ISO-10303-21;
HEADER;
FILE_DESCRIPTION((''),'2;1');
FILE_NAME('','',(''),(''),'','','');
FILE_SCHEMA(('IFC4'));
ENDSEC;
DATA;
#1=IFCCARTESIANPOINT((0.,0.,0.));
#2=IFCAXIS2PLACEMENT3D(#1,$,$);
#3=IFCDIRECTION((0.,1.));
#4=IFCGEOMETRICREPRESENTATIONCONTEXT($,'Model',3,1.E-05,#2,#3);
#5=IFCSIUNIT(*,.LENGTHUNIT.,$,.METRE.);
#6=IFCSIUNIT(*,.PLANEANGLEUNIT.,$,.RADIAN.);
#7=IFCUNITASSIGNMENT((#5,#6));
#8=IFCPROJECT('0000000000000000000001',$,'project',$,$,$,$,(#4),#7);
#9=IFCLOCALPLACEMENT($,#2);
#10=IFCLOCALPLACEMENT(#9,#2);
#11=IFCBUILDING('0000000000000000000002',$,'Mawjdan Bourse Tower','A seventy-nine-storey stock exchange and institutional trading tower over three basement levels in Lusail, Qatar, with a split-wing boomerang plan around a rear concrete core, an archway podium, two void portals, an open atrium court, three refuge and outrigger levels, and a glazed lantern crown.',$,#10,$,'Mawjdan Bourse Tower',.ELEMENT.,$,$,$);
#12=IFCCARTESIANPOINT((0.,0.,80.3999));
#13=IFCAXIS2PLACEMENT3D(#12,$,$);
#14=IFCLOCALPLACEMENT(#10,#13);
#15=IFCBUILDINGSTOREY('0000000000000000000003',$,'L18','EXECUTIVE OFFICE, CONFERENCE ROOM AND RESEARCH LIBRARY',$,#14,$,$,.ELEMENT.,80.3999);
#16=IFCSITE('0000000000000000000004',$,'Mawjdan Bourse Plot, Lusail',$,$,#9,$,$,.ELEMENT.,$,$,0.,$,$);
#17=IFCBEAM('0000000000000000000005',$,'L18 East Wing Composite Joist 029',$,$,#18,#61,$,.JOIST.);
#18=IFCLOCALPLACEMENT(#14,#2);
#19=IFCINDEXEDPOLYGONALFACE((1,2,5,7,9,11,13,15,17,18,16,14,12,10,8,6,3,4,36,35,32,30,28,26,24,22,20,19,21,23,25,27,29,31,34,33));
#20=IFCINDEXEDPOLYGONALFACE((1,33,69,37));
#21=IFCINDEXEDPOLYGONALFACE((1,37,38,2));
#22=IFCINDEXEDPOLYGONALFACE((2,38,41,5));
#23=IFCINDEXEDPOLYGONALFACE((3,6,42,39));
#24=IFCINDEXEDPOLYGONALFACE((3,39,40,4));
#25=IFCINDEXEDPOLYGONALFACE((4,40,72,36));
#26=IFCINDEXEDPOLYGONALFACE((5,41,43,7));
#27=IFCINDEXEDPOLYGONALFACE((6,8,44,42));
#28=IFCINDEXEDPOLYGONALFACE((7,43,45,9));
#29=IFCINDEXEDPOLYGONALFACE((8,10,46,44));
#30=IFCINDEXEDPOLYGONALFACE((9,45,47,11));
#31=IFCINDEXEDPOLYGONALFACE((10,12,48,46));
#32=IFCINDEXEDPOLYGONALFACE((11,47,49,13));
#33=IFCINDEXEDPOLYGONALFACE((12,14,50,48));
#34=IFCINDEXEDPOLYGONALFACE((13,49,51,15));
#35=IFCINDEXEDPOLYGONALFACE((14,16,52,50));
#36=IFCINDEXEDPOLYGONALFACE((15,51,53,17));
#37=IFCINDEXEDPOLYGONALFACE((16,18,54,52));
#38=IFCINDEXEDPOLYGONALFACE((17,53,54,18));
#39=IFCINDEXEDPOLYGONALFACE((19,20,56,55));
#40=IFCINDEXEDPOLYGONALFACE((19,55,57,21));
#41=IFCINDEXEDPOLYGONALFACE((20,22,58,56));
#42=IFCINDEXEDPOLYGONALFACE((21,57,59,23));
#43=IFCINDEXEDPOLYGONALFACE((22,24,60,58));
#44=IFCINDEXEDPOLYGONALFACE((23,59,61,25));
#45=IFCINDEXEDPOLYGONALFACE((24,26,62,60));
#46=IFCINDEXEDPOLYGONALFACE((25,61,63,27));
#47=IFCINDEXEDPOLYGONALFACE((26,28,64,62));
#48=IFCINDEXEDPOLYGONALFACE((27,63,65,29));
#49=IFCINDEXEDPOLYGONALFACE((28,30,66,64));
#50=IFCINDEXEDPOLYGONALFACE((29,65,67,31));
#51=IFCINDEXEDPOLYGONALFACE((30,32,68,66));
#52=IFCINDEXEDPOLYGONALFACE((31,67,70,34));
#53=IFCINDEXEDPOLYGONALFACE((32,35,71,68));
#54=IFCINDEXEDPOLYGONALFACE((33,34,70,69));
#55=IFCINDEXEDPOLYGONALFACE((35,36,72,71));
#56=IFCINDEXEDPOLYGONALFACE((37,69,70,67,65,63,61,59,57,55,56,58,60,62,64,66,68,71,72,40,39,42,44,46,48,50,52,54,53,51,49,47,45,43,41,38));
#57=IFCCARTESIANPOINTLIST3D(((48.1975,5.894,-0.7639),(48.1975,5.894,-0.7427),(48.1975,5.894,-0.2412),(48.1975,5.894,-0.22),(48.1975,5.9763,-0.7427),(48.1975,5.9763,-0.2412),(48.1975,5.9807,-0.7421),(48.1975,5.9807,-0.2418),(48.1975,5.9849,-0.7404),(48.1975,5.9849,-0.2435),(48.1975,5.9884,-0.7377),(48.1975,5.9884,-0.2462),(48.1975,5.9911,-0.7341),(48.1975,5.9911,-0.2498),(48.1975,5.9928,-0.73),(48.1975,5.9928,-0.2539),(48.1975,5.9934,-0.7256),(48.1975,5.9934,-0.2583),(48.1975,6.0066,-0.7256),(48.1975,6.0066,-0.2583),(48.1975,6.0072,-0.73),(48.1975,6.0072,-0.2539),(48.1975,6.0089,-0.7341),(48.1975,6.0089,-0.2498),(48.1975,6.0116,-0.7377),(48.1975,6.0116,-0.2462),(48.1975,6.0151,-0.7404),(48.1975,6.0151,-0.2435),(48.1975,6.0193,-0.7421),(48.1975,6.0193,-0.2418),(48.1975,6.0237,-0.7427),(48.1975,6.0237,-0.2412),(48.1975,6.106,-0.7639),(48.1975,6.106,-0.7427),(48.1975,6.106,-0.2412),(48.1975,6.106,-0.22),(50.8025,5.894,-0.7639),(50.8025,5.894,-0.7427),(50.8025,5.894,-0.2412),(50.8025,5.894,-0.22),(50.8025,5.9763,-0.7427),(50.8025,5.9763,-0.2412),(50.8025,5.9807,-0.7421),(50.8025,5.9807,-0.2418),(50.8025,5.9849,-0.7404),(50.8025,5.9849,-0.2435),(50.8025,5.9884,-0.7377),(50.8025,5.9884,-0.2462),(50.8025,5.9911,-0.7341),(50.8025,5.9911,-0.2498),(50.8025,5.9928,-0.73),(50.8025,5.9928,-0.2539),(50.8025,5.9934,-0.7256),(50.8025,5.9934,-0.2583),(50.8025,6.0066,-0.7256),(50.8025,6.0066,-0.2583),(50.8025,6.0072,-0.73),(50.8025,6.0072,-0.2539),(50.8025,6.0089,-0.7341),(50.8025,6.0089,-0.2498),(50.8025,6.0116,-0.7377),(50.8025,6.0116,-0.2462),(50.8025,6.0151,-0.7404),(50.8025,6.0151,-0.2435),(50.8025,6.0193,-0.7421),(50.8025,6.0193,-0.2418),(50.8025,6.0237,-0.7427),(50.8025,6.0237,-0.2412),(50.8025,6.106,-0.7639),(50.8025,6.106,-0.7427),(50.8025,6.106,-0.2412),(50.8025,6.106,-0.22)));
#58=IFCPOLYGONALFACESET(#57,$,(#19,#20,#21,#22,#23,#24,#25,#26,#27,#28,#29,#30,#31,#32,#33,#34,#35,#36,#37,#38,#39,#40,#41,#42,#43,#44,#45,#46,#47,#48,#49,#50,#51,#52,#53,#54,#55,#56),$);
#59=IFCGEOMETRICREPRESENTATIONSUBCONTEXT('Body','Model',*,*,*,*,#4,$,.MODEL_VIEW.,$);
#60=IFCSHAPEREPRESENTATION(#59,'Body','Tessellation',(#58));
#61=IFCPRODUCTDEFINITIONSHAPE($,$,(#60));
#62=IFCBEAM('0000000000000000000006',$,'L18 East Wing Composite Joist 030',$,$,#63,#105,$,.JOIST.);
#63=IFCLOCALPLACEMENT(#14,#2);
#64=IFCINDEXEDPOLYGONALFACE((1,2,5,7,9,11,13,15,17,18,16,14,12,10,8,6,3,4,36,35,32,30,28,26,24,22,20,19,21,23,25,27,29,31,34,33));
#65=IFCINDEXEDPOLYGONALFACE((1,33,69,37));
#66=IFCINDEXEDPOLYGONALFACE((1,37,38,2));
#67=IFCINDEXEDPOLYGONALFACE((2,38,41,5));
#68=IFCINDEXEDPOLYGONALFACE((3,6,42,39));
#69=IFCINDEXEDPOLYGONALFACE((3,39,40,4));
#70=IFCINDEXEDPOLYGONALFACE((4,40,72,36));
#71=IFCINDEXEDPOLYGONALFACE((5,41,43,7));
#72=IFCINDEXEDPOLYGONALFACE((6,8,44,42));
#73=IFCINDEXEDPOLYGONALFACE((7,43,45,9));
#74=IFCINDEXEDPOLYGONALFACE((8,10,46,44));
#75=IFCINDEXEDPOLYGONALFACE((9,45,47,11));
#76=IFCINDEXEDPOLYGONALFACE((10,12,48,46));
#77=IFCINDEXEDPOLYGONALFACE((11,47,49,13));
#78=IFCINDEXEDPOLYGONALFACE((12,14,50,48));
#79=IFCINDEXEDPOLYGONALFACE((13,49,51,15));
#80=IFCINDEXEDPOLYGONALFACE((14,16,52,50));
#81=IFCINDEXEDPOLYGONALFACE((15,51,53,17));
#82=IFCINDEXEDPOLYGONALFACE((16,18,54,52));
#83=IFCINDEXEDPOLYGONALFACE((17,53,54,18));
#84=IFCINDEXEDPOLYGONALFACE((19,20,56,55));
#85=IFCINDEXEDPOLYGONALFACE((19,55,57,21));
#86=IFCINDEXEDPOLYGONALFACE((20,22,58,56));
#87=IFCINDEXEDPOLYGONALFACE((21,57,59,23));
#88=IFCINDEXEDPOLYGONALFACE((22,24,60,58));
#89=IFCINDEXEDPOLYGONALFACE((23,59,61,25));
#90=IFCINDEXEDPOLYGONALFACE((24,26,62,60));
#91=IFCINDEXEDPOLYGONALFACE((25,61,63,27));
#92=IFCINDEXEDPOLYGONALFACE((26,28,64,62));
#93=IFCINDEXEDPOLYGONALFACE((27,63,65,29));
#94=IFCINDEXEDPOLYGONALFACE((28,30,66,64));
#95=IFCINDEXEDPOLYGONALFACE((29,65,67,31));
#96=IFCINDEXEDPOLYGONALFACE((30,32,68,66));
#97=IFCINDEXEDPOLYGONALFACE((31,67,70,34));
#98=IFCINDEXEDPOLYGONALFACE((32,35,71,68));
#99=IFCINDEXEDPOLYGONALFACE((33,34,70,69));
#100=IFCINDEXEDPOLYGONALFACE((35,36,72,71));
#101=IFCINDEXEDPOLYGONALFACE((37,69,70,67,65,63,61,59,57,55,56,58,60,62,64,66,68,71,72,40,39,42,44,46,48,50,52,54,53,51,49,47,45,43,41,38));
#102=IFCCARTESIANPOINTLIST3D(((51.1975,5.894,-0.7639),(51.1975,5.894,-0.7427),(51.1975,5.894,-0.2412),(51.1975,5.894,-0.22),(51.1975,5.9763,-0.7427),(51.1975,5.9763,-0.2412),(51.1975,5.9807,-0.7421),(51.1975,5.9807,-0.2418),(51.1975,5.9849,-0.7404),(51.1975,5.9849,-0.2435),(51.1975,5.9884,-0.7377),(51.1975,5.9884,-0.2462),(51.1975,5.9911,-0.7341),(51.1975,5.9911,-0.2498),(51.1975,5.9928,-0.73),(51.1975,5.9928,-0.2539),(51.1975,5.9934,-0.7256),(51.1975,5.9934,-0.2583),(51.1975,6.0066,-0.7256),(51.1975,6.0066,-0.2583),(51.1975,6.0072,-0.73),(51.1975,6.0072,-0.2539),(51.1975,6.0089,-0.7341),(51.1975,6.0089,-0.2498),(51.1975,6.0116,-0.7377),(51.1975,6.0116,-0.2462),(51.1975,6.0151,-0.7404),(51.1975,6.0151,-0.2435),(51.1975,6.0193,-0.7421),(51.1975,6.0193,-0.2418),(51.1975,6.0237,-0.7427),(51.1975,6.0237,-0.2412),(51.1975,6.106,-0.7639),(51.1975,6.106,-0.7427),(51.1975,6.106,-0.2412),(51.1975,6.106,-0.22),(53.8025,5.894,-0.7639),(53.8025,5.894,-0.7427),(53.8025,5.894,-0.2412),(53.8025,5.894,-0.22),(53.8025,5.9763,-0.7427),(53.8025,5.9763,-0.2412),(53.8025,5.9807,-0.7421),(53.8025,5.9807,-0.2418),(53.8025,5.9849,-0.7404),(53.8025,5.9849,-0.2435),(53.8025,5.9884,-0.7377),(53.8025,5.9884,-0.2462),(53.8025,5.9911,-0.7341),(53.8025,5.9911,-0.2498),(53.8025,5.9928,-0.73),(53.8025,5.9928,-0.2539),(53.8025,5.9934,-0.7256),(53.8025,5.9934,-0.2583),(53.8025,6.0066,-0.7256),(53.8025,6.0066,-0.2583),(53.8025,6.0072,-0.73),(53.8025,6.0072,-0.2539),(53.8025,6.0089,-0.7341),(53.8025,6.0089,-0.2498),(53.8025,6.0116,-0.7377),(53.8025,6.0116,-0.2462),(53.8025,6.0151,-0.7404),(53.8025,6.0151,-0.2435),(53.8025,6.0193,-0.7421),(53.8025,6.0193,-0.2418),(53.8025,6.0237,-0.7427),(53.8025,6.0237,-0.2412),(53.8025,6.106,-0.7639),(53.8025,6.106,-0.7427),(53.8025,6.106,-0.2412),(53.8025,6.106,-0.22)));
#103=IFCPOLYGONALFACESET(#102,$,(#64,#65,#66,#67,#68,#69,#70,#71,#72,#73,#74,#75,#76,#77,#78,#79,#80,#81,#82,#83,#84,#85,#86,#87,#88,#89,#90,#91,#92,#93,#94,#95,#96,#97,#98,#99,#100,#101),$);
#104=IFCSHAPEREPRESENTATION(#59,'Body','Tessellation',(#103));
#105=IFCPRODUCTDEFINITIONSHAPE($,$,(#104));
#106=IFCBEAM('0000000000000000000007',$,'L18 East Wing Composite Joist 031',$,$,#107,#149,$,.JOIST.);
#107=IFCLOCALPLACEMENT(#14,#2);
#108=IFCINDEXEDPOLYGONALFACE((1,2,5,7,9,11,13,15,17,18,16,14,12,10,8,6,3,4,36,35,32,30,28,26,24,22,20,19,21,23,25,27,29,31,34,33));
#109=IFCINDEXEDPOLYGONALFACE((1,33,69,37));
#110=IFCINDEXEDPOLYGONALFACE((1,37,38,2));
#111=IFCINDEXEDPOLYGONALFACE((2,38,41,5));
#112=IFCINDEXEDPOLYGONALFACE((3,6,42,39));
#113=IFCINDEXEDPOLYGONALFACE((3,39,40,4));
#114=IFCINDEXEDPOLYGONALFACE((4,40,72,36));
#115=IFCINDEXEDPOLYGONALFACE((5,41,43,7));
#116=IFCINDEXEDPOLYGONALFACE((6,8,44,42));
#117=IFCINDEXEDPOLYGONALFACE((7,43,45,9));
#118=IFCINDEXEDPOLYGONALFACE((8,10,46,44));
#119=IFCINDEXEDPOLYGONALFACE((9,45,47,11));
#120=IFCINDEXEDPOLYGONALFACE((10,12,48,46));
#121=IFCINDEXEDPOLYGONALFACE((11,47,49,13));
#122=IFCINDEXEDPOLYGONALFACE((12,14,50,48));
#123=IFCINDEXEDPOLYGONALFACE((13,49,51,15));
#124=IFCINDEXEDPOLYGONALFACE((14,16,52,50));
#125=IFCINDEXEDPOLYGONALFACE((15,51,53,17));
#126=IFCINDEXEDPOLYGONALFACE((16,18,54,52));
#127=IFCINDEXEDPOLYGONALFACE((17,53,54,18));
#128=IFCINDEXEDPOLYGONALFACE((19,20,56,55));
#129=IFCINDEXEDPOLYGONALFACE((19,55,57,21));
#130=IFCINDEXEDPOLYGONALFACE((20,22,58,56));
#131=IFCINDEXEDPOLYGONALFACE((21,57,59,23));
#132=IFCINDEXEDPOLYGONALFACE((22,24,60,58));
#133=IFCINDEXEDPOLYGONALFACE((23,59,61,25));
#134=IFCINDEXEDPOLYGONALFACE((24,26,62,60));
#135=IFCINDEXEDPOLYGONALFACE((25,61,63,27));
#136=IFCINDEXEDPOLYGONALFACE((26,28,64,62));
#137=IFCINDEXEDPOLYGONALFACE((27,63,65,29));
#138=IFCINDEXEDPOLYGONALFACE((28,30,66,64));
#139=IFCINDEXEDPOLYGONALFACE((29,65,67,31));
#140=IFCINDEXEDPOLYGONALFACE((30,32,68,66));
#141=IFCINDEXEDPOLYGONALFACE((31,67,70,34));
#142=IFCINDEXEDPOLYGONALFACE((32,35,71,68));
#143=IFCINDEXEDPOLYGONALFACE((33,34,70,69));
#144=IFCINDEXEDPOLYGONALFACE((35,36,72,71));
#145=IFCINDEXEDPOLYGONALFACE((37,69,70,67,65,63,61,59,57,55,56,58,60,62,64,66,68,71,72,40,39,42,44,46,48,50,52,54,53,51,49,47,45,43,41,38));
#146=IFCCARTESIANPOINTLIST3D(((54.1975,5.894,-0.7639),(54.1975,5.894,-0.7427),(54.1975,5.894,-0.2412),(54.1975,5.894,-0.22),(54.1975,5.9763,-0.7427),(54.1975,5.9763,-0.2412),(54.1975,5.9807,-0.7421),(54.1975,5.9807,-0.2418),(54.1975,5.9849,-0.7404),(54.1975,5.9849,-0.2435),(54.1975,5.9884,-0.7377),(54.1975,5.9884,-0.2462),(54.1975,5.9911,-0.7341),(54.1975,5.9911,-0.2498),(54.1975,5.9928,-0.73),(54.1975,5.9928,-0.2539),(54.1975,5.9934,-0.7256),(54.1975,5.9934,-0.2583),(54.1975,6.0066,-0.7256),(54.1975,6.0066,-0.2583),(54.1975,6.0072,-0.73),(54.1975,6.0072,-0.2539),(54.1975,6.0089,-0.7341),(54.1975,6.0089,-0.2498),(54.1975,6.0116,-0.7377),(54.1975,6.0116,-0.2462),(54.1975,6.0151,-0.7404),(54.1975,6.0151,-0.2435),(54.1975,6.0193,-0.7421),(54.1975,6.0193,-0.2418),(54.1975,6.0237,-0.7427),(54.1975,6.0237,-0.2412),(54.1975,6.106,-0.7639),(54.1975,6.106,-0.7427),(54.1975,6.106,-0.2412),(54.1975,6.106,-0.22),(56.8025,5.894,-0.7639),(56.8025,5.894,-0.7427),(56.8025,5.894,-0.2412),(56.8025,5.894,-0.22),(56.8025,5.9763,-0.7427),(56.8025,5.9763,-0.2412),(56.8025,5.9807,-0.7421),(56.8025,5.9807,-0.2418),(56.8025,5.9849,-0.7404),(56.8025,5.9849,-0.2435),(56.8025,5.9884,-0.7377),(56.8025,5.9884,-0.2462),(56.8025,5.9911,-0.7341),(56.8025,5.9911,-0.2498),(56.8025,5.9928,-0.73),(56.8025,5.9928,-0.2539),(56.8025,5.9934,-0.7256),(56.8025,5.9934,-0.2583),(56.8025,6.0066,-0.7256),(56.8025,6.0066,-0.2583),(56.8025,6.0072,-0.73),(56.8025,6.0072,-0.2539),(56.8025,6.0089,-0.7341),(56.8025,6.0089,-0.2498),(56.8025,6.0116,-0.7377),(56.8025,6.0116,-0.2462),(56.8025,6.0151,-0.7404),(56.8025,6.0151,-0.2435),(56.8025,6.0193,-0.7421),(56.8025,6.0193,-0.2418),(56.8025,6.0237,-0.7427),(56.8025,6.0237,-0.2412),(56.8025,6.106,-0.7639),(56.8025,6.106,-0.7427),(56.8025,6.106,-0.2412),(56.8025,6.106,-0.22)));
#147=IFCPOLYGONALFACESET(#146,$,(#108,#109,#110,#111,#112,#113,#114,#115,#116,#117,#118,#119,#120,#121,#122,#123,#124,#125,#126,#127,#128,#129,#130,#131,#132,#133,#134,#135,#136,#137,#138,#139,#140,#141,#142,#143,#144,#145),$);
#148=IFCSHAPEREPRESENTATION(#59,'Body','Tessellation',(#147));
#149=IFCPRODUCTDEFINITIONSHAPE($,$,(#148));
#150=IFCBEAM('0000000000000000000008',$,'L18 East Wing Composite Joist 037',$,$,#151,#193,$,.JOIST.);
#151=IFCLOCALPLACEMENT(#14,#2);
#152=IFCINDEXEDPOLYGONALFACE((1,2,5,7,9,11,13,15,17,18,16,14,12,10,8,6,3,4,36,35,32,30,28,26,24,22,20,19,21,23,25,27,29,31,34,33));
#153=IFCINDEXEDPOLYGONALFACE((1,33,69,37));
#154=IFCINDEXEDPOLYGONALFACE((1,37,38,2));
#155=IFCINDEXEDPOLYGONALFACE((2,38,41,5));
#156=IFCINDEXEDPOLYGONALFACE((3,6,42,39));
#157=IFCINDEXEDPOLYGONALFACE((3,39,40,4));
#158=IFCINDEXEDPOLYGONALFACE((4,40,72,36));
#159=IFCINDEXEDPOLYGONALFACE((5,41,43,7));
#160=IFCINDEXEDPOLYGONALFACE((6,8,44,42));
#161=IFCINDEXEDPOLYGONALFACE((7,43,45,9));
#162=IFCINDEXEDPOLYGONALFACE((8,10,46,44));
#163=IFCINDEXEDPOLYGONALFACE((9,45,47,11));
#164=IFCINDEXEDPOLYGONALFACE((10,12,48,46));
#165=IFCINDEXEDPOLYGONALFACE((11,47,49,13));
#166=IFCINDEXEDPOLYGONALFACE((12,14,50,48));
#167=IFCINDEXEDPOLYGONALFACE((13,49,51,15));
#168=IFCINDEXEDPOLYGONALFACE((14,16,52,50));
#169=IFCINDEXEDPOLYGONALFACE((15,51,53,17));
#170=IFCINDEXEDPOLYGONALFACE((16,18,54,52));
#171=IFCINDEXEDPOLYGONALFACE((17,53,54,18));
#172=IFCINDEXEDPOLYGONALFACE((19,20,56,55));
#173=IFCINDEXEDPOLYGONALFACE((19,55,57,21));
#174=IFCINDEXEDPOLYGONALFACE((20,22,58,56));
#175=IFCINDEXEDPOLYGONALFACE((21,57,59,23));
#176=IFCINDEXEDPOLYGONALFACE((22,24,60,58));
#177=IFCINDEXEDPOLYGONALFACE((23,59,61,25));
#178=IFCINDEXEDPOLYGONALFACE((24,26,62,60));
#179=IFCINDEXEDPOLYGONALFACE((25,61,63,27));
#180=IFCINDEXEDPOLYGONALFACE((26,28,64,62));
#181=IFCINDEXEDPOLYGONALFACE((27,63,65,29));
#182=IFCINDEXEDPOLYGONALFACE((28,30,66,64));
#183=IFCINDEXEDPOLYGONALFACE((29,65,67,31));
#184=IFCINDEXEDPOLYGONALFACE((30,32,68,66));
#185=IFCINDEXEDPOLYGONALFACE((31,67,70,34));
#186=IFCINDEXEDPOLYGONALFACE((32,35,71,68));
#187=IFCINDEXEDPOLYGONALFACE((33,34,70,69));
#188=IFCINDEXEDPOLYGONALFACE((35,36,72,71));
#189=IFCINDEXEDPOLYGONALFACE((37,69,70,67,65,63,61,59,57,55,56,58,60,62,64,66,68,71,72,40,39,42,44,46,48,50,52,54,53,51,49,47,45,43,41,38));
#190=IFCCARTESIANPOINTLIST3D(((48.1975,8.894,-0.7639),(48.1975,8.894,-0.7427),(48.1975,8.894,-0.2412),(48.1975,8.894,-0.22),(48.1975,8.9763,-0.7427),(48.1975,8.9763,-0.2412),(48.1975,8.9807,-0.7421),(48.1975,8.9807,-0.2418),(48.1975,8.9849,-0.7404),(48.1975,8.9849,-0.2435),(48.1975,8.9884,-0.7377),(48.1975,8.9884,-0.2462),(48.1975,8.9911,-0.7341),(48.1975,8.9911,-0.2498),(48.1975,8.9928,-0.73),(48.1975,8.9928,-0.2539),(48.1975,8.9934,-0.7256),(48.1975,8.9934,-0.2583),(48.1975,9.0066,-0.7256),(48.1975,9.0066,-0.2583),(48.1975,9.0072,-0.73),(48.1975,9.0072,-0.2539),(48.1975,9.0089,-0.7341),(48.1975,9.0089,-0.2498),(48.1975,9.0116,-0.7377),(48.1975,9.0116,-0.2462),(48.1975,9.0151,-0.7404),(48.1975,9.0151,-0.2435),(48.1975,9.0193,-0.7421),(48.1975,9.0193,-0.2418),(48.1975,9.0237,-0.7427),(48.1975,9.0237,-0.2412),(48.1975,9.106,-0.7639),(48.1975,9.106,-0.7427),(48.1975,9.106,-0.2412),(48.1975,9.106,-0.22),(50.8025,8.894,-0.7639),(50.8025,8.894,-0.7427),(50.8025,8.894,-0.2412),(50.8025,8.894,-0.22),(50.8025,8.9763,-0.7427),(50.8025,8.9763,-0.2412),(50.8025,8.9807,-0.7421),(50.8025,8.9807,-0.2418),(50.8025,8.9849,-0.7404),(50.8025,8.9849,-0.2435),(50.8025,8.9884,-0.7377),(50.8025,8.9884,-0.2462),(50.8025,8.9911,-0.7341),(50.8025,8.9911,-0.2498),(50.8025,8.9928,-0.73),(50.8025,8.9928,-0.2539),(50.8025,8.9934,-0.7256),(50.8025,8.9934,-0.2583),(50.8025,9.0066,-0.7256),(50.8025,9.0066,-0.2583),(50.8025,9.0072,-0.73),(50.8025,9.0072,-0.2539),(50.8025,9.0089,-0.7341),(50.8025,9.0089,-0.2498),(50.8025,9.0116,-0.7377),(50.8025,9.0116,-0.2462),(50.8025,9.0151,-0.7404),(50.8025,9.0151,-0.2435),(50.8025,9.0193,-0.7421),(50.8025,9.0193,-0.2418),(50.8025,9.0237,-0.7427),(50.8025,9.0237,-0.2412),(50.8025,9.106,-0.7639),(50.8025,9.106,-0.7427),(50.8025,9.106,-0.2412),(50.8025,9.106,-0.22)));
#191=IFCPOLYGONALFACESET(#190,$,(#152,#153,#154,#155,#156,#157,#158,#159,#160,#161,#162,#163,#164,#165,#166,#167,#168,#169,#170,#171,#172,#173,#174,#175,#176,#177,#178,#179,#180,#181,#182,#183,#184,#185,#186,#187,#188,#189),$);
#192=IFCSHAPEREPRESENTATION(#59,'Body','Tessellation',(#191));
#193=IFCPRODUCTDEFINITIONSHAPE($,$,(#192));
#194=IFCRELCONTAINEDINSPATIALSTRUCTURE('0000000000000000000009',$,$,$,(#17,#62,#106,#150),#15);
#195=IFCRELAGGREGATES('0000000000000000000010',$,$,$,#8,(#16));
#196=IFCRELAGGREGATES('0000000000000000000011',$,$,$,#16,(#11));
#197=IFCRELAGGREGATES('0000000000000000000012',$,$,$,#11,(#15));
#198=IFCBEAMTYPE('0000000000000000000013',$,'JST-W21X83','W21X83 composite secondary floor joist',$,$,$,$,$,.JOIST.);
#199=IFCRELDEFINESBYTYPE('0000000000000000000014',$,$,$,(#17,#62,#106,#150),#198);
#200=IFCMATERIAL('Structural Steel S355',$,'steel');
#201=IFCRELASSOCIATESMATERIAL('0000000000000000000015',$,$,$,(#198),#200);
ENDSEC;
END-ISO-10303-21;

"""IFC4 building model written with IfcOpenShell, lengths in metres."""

from ifc_helpers import new_model, si_unit, direction, frame, origin, origin_2d, place, context, subcontext, project, spatial, i_section, extrude, material, material_profile, profile_set, type_object, element, save


model = new_model("IFC4")

# Units and contexts
model_context = context("Model", 3, precision=1e-05, world=origin(), true_north=direction((0.0, 1.0)))
body_context = subcontext(model_context, "Body", "Model", "MODEL_VIEW")
ifc_project = project(units=[si_unit("LENGTHUNIT", "METRE"), si_unit("PLANEANGLEUNIT", "RADIAN")], contexts=[model_context])

# Site, building, storey
site_placement = place(None, origin())
site = spatial("IfcSite", under=ifc_project, at=site_placement, Name="Mawjdan Bourse Plot, Lusail", CompositionType="ELEMENT", RefElevation=0.0)
building_placement = place(site_placement, origin())
building = spatial("IfcBuilding", under=site, at=building_placement, Name="Mawjdan Bourse Tower", Description="A seventy-nine-storey stock exchange and institutional trading tower over three basement levels in Lusail, Qatar, with a split-wing boomerang plan around a rear concrete core, an archway podium, two void portals, an open atrium court, three refuge and outrigger levels, and a glazed lantern crown.", LongName="Mawjdan Bourse Tower", CompositionType="ELEMENT")
storey_placement = place(building_placement, frame((0.0, 0.0, 80.3999)))
storey = spatial("IfcBuildingStorey", under=building, at=storey_placement, Name="L18", Description="EXECUTIVE OFFICE, CONFERENCE ROOM AND RESEARCH LIBRARY", CompositionType="ELEMENT", Elevation=80.3999)

# Beams
ifc_material_1 = material(Name="Structural Steel S355", Category="steel")
ifc_material_profile_1 = material_profile(ifc_material_1, i_section(OverallWidth=0.2119, OverallDepth=0.5439, WebThickness=0.0132, FlangeThickness=0.0212, FilletRadius=0.0171, at=origin_2d()), Name="W21X83")
ifc_profile_set_1 = profile_set([ifc_material_profile_1], Name="Structural Steel S355")
beam_type_1 = type_object("IfcBeamType", Name="JST-W21X83", Description="W21X83 composite secondary floor joist", PredefinedType="JOIST", material=ifc_profile_set_1)
for number, where, z_axis, x_axis, name in (
    (1, (48.1975, 6.0, -0.4919), (1.0, 0.0, 0.0), (0.0, 1.0, 0.0), "L18 East Wing Composite Joist 029"),
    (2, (51.1975, 6.0, -0.4919), (1.0, 0.0, 0.0), (0.0, 1.0, 0.0), "L18 East Wing Composite Joist 030"),
    (3, (54.1975, 6.0, -0.4919), (1.0, 0.0, 0.0), (0.0, 1.0, 0.0), "L18 East Wing Composite Joist 031"),
    (4, (48.1975, 9.0, -0.4919), (1.0, 0.0, 0.0), (0.0, 1.0, 0.0), "L18 East Wing Composite Joist 037"),
):
    element("IfcBeam", number, at=place(storey_placement, frame(where, z_axis=z_axis, x_axis=x_axis)), inside=storey, type_object=beam_type_1, Name=name, PredefinedType="JOIST", context=body_context, shape_type="SweptSolid", body=[
        extrude(i_section(OverallWidth=0.2119, OverallDepth=0.5439, WebThickness=0.0132, FlangeThickness=0.0212, FilletRadius=0.0171, at=origin_2d()), origin(), (0.0, 0.0, 1.0), 2.605),
    ])

save(model, "model.ifc")
